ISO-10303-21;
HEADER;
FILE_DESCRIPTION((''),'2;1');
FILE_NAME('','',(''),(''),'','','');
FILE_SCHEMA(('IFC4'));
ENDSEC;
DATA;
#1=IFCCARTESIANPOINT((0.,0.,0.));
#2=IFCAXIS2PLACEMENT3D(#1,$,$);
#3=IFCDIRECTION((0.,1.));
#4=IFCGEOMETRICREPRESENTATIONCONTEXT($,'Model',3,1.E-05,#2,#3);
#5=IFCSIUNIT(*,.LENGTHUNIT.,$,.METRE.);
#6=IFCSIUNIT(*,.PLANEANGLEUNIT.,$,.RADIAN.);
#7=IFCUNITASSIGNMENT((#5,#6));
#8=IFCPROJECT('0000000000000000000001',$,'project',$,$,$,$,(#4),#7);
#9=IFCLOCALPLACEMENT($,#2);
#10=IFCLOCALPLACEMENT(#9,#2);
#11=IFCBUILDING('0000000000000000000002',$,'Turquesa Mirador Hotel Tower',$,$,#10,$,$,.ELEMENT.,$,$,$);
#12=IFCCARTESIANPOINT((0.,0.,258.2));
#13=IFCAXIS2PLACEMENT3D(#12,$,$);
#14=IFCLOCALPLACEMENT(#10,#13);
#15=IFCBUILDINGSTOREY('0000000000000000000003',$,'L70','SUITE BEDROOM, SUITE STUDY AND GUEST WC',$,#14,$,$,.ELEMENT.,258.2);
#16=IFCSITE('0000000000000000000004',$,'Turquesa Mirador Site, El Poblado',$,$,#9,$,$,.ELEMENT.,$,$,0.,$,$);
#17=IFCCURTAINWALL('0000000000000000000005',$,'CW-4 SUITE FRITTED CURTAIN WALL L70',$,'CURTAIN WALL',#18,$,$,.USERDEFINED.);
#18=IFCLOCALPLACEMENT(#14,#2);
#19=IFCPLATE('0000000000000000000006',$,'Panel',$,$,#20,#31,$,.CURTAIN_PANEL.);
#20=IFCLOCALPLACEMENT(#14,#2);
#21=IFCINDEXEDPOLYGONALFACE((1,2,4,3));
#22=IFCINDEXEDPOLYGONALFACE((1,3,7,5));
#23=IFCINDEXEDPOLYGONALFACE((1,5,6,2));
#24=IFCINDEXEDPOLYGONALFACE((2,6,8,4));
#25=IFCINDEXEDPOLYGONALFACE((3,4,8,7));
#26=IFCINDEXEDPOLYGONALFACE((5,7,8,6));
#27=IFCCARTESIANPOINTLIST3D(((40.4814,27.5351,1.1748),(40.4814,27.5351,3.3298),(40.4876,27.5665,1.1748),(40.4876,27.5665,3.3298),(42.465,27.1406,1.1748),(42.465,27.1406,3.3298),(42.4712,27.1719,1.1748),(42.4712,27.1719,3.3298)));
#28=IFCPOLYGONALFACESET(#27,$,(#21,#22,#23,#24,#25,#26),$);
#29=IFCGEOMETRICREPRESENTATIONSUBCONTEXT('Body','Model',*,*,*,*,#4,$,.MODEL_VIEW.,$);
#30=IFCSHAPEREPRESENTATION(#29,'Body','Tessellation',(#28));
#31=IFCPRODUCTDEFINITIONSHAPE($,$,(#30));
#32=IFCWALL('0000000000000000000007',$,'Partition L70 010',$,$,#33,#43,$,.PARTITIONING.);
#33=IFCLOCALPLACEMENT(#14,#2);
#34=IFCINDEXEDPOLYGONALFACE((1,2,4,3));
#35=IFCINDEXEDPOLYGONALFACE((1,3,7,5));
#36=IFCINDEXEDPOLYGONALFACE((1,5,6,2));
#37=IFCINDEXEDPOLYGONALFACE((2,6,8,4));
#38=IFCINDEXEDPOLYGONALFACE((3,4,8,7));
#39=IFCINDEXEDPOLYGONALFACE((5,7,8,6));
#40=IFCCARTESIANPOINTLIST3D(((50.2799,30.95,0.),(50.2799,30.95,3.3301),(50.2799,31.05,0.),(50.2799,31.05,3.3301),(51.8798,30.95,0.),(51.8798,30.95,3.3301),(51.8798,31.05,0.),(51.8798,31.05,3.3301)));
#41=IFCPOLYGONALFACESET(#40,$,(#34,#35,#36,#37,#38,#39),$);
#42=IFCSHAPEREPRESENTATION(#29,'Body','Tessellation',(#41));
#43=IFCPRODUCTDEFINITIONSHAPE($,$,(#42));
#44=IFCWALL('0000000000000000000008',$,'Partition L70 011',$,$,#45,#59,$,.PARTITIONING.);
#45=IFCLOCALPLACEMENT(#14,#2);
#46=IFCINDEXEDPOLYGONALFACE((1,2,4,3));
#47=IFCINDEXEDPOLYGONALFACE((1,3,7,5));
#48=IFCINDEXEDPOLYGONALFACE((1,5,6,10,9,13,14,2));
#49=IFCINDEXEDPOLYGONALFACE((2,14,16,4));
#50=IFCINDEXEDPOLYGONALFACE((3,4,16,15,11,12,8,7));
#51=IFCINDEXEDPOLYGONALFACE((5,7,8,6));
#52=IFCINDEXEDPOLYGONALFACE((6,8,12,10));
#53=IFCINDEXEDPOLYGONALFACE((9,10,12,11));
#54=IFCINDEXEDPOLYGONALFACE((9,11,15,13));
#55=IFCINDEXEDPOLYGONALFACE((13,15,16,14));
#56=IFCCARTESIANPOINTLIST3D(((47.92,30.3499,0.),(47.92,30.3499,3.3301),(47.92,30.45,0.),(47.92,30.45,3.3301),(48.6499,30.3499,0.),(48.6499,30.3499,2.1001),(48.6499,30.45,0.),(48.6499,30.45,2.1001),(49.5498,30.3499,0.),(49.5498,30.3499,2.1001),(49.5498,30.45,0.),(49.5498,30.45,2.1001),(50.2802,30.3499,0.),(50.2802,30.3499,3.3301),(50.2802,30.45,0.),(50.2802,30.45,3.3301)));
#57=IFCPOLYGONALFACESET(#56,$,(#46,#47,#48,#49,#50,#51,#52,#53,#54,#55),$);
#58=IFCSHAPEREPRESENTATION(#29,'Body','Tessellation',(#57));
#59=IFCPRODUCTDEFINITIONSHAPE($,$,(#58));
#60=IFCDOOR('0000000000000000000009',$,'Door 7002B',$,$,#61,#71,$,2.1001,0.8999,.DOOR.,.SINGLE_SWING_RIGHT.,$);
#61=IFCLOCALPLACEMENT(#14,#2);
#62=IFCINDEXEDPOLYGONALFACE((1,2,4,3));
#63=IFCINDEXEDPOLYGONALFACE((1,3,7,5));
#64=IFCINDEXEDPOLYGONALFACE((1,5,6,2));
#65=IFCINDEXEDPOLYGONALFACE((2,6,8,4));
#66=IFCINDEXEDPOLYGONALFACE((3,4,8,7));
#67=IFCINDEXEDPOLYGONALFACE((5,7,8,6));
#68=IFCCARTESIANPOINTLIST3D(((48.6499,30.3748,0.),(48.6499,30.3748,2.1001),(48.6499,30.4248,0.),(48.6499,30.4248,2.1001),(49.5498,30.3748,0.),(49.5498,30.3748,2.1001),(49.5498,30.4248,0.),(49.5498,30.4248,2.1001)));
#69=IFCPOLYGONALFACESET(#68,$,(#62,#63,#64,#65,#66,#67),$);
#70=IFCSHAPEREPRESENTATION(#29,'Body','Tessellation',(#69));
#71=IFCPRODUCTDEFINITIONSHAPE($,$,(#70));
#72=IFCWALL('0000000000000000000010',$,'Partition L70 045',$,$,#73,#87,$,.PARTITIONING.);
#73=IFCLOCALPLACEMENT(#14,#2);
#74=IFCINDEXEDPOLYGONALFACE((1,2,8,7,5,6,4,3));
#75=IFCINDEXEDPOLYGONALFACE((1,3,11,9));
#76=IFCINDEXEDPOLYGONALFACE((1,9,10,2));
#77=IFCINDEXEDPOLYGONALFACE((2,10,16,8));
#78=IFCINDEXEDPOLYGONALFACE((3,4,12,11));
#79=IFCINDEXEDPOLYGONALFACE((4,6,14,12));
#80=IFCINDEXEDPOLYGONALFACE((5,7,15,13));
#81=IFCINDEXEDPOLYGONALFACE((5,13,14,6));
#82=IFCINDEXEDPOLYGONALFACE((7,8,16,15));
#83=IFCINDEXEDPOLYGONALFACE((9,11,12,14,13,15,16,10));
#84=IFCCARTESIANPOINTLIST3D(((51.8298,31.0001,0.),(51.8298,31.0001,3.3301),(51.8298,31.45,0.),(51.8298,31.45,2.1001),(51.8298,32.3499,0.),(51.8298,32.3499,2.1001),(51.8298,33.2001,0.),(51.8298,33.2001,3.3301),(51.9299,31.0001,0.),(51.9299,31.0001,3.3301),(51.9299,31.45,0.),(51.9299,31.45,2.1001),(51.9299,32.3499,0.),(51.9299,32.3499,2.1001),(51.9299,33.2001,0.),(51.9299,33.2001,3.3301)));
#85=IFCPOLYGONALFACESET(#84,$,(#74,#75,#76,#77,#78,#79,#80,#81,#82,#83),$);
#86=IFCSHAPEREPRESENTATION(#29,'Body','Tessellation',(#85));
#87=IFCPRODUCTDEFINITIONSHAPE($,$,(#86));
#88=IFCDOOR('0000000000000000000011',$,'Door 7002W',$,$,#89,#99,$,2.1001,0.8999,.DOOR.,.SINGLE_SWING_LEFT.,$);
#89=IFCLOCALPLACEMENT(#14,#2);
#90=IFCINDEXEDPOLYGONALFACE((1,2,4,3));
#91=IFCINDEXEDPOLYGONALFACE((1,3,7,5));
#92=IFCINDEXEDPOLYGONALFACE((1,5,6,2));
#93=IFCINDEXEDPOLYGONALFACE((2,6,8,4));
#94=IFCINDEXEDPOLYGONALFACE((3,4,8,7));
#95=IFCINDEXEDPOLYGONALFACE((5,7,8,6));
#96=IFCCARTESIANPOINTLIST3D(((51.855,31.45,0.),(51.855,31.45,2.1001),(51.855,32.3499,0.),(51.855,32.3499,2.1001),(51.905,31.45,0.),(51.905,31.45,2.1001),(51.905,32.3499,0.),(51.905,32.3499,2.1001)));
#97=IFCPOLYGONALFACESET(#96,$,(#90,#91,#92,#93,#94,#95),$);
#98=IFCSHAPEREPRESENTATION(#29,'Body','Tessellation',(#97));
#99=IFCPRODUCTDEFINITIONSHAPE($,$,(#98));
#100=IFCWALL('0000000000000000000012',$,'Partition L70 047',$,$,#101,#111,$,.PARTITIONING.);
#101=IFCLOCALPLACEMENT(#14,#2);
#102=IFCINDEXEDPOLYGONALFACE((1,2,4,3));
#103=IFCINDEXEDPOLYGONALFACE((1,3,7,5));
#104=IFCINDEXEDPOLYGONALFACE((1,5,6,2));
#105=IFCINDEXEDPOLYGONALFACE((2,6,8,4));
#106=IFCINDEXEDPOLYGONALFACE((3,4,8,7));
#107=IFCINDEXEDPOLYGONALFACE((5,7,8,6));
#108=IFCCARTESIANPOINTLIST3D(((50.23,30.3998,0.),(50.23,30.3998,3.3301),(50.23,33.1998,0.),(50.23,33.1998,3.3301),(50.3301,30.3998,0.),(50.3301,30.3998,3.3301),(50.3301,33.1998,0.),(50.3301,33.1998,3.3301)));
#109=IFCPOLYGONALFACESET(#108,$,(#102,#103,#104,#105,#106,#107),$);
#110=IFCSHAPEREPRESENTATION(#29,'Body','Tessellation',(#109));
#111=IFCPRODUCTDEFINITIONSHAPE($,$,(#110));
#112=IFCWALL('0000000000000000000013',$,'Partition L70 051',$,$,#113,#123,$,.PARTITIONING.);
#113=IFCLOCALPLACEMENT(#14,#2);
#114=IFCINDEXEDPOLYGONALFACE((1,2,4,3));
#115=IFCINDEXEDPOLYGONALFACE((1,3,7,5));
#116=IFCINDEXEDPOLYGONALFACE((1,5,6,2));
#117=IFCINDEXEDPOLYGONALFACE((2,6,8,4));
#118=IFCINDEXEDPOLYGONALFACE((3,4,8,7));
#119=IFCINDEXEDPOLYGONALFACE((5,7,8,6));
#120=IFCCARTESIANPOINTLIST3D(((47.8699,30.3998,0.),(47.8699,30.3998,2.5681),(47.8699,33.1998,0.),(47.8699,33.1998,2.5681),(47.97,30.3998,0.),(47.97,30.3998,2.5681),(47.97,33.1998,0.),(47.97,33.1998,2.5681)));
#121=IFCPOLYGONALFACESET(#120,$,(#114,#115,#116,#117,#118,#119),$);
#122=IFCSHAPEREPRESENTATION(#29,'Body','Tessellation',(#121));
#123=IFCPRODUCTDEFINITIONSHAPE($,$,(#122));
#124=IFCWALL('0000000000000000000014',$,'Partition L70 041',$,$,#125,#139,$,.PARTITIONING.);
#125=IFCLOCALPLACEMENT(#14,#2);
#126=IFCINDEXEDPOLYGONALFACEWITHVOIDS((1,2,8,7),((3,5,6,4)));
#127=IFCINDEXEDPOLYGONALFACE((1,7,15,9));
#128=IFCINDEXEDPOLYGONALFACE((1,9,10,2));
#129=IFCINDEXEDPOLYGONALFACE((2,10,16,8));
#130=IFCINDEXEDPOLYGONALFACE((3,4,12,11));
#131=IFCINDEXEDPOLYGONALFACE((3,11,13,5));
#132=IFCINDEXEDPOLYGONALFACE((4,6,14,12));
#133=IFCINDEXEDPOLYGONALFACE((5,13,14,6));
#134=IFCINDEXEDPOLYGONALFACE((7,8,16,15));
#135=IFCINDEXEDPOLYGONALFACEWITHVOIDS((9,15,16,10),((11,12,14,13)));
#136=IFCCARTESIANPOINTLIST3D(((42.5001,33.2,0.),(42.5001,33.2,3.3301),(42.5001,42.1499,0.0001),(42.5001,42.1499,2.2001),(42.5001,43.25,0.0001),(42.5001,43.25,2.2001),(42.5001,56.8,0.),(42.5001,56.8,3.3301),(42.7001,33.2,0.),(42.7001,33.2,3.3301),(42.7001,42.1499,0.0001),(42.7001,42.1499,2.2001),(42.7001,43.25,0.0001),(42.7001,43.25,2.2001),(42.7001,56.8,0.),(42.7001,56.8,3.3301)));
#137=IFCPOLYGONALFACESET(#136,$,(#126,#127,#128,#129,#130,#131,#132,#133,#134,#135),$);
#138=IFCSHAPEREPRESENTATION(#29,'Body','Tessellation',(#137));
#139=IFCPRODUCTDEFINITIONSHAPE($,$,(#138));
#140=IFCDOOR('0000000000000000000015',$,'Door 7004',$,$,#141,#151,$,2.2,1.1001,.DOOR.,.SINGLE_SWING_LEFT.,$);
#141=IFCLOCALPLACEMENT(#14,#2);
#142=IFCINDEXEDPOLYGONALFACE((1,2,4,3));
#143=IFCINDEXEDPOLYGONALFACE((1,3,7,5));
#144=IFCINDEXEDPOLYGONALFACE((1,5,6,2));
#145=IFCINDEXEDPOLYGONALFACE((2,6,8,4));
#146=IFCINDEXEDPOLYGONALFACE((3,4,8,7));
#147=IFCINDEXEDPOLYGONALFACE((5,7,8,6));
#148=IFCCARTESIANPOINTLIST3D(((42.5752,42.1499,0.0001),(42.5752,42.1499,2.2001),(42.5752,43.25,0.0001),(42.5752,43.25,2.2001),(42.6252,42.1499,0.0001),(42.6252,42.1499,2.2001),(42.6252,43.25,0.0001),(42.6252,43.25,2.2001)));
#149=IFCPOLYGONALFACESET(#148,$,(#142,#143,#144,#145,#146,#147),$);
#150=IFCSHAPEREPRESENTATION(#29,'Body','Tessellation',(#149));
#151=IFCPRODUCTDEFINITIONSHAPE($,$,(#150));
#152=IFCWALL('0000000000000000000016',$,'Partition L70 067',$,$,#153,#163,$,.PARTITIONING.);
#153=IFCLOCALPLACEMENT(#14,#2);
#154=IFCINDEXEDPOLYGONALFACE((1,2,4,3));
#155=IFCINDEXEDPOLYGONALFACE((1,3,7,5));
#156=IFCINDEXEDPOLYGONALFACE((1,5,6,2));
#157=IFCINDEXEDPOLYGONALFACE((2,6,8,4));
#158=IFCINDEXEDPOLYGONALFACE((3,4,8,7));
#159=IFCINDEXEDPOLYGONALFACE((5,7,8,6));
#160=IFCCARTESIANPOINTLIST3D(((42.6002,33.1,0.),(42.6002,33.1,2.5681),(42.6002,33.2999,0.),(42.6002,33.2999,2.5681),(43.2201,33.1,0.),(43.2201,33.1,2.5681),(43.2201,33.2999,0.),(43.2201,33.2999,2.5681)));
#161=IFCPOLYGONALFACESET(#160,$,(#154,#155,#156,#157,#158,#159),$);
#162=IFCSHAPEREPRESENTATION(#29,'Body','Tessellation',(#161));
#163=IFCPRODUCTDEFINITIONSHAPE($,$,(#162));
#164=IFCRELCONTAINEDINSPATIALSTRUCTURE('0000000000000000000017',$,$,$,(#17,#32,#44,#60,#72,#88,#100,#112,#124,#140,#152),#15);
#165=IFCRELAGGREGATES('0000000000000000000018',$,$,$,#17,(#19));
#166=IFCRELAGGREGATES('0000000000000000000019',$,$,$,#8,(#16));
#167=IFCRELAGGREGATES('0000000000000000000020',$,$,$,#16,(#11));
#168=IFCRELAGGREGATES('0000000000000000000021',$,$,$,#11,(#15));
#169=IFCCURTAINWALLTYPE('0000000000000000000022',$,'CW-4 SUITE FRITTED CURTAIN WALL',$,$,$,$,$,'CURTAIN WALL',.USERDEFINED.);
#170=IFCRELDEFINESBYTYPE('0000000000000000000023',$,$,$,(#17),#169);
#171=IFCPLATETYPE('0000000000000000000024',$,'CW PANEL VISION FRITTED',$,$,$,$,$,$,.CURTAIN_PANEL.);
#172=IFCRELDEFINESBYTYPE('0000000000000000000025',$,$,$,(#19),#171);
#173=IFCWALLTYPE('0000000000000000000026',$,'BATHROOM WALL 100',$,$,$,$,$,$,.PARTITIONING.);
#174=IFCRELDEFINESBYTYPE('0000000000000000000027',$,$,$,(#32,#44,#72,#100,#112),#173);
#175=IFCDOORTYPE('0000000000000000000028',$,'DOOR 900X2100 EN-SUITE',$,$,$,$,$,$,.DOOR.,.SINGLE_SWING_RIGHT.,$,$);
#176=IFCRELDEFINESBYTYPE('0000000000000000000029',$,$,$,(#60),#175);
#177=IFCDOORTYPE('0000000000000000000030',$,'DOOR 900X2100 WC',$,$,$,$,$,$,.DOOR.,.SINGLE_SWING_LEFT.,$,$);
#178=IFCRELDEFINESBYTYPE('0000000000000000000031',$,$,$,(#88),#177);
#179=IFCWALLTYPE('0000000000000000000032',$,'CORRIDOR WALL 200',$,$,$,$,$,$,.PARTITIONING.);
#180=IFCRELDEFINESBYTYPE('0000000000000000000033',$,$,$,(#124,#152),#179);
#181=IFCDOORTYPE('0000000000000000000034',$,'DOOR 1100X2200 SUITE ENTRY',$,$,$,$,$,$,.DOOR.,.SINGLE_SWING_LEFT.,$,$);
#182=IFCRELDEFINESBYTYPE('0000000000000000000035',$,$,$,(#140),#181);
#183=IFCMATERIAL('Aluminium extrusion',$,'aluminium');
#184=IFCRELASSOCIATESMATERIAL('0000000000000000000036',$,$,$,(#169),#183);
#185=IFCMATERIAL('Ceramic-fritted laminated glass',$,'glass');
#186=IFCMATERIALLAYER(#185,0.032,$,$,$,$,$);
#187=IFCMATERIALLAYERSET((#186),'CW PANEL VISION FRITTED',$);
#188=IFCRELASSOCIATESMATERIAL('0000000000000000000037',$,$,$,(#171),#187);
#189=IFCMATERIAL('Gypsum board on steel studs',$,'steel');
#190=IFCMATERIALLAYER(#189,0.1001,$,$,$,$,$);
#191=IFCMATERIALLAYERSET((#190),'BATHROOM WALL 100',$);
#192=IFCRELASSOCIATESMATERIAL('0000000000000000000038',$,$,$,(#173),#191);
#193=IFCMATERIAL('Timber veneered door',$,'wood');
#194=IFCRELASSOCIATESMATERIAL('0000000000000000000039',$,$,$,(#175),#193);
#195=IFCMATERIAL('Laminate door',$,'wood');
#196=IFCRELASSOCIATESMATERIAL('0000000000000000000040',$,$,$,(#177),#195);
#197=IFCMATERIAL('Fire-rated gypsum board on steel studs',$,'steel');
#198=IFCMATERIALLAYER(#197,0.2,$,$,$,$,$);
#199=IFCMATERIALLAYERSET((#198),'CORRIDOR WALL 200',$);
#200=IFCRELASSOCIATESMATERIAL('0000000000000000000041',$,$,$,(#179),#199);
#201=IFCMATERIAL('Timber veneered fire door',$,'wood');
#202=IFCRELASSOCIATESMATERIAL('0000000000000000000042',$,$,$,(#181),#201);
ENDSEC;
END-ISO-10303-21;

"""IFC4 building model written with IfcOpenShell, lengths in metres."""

from ifc_helpers import new_model, si_unit, direction, frame, frame_2d, origin, origin_2d, place, context, subcontext, project, spatial, rectangle, extrude, material, layer, layer_set, type_object, element, fill, aggregate, save


model = new_model("IFC4")

# Units and contexts
model_context = context("Model", 3, precision=1e-05, world=origin(), true_north=direction((0.0, 1.0)))
body_context = subcontext(model_context, "Body", "Model", "MODEL_VIEW")
ifc_project = project(units=[si_unit("LENGTHUNIT", "METRE"), si_unit("PLANEANGLEUNIT", "RADIAN")], contexts=[model_context])

# Site, building, storey
site_placement = place(None, origin())
site = spatial("IfcSite", under=ifc_project, at=site_placement, Name="Turquesa Mirador Site, El Poblado", CompositionType="ELEMENT", RefElevation=0.0)
building_placement = place(site_placement, origin())
building = spatial("IfcBuilding", under=site, at=building_placement, Name="Turquesa Mirador Hotel Tower", CompositionType="ELEMENT")
storey_placement = place(building_placement, frame((0.0, 0.0, 258.2)))
storey = spatial("IfcBuildingStorey", under=building, at=storey_placement, Name="L70", Description="SUITE BEDROOM, SUITE STUDY AND GUEST WC", CompositionType="ELEMENT", Elevation=258.2)

# Curtain wall, plate
ifc_material_1 = material(Name="Aluminium extrusion", Category="aluminium")
curtain_wall_type = type_object("IfcCurtainWallType", Name="CW-4 SUITE FRITTED CURTAIN WALL", ElementType="CURTAIN WALL", PredefinedType="USERDEFINED", material=ifc_material_1)
curtain_wall_placement = place(storey_placement, origin())
curtain_wall = element("IfcCurtainWall", 1, at=curtain_wall_placement, inside=storey, type_object=curtain_wall_type, Name="CW-4 SUITE FRITTED CURTAIN WALL L70", ObjectType="CURTAIN WALL", PredefinedType="USERDEFINED")
ifc_material_2 = material(Name="Ceramic-fritted laminated glass", Category="glass")
ifc_layer_1 = layer(ifc_material_2, 0.032)
ifc_layer_set_1 = layer_set([ifc_layer_1], Name="CW PANEL VISION FRITTED")
plate_type = type_object("IfcPlateType", Name="CW PANEL VISION FRITTED", PredefinedType="CURTAIN_PANEL", material=ifc_layer_set_1)
plate_placement = place(storey_placement, frame((41.4763, 27.3535, 1.1748), z_axis=(0.0, 0.0, 1.0), x_axis=(0.980785, -0.195091, 0.0)))
plate = element("IfcPlate", 2, at=plate_placement, type_object=plate_type, Name="Panel", PredefinedType="CURTAIN_PANEL", context=body_context, shape_type="SweptSolid", body=[
    extrude(rectangle(XDim=2.0225, YDim=0.032, at=origin_2d()), origin(), (0.0, 0.0, 1.0), 2.155),
])
aggregate(curtain_wall, [plate])

# Wall
ifc_material_3 = material(Name="Gypsum board on steel studs", Category="steel")
ifc_layer_2 = layer(ifc_material_3, 0.1001)
ifc_layer_set_2 = layer_set([ifc_layer_2], Name="BATHROOM WALL 100")
wall_type_1 = type_object("IfcWallType", Name="BATHROOM WALL 100", PredefinedType="PARTITIONING", material=ifc_layer_set_2)
wall_1_placement = place(storey_placement, frame((50.28, 31.0, 0.0), z_axis=(0.0, 0.0, 1.0), x_axis=(1.0, 0.0, 0.0)))
element("IfcWall", 3, at=wall_1_placement, inside=storey, type_object=wall_type_1, Name="Partition L70 010", PredefinedType="PARTITIONING", context=body_context, shape_type="SweptSolid", body=[
    extrude(rectangle(XDim=1.5999, YDim=0.1001, at=frame_2d((0.7998, 0.0))), origin(), (0.0, 0.0, 1.0), 3.3301),
])

# Walls, openings, doors
wall_2_placement = place(storey_placement, frame((47.9199, 30.3999, 0.0), z_axis=(0.0, 0.0, 1.0), x_axis=(1.0, 0.0, 0.0)))
wall_2 = element("IfcWall", 4, at=wall_2_placement, inside=storey, type_object=wall_type_1, Name="Partition L70 011", PredefinedType="PARTITIONING", context=body_context, shape_type="SweptSolid", body=[
    extrude(rectangle(XDim=2.3601, YDim=0.1001, at=frame_2d((1.1802, 0.0))), origin(), (0.0, 0.0, 1.0), 3.3301),
])
opening_1_placement = place(wall_2_placement, frame((0.73, 0.0, 0.0)))
opening_1 = element("IfcOpeningElement", 5, at=opening_1_placement, cuts=wall_2, PredefinedType="OPENING", context=body_context, shape_type="SweptSolid", body=[
    extrude(rectangle(XDim=0.8999, YDim=2.1001, at=frame_2d((0.45, 1.05))), frame((0.0, 0.0601, 0.0), z_axis=(0.0, -1.0, 0.0), x_axis=(1.0, 0.0, 0.0)), (0.0, 0.0, 1.0), 0.1201),
])
ifc_material_4 = material(Name="Timber veneered door", Category="wood")
door_type_1 = type_object("IfcDoorType", Name="DOOR 900X2100 EN-SUITE", OperationType="SINGLE_SWING_RIGHT", PredefinedType="DOOR", material=ifc_material_4)
door_1_placement = place(opening_1_placement, origin())
door_1 = element("IfcDoor", 6, at=door_1_placement, inside=storey, type_object=door_type_1, Name="Door 7002B", OperationType="SINGLE_SWING_RIGHT", OverallHeight=2.1001, OverallWidth=0.8999, PredefinedType="DOOR", context=body_context, shape_type="SweptSolid", body=[
    extrude(rectangle(XDim=0.8999, YDim=2.1001, at=frame_2d((0.45, 1.05))), frame((0.0, 0.0249, 0.0), z_axis=(0.0, -1.0, 0.0), x_axis=(1.0, 0.0, 0.0)), (0.0, 0.0, 1.0), 0.05),
])
fill(opening_1, door_1)
wall_3_placement = place(storey_placement, frame((51.8799, 31.0, 0.0), z_axis=(0.0, 0.0, 1.0), x_axis=(0.0, 1.0, 0.0)))
wall_3 = element("IfcWall", 7, at=wall_3_placement, inside=storey, type_object=wall_type_1, Name="Partition L70 045", PredefinedType="PARTITIONING", context=body_context, shape_type="SweptSolid", body=[
    extrude(rectangle(XDim=2.2, YDim=0.1001, at=frame_2d((1.1001, 0.0))), origin(), (0.0, 0.0, 1.0), 3.3301),
])
opening_2_placement = place(wall_3_placement, frame((0.45, 0.0, 0.0)))
opening_2 = element("IfcOpeningElement", 8, at=opening_2_placement, cuts=wall_3, PredefinedType="OPENING", context=body_context, shape_type="SweptSolid", body=[
    extrude(rectangle(XDim=0.8999, YDim=2.1001, at=frame_2d((0.45, 1.05))), frame((0.0, 0.0601, 0.0), z_axis=(0.0, -1.0, 0.0), x_axis=(1.0, 0.0, 0.0)), (0.0, 0.0, 1.0), 0.1201),
])
ifc_material_5 = material(Name="Laminate door", Category="wood")
door_type_2 = type_object("IfcDoorType", Name="DOOR 900X2100 WC", OperationType="SINGLE_SWING_LEFT", PredefinedType="DOOR", material=ifc_material_5)
door_2_placement = place(opening_2_placement, origin())
door_2 = element("IfcDoor", 9, at=door_2_placement, inside=storey, type_object=door_type_2, Name="Door 7002W", OperationType="SINGLE_SWING_LEFT", OverallHeight=2.1001, OverallWidth=0.8999, PredefinedType="DOOR", context=body_context, shape_type="SweptSolid", body=[
    extrude(rectangle(XDim=0.8999, YDim=2.1001, at=frame_2d((0.45, 1.05))), frame((0.0, 0.0249, 0.0), z_axis=(0.0, -1.0, 0.0), x_axis=(1.0, 0.0, 0.0)), (0.0, 0.0, 1.0), 0.05),
])
fill(opening_2, door_2)

# Walls
wall_4_placement = place(storey_placement, frame((50.28, 30.3999, 0.0), z_axis=(0.0, 0.0, 1.0), x_axis=(0.0, 1.0, 0.0)))
element("IfcWall", 10, at=wall_4_placement, inside=storey, type_object=wall_type_1, Name="Partition L70 047", PredefinedType="PARTITIONING", context=body_context, shape_type="SweptSolid", body=[
    extrude(rectangle(XDim=2.8, YDim=0.1001, at=frame_2d((1.3999, 0.0))), origin(), (0.0, 0.0, 1.0), 3.3301),
])
wall_5_placement = place(storey_placement, frame((47.9199, 30.3999, 0.0), z_axis=(0.0, 0.0, 1.0), x_axis=(0.0, 1.0, 0.0)))
element("IfcWall", 11, at=wall_5_placement, inside=storey, type_object=wall_type_1, Name="Partition L70 051", PredefinedType="PARTITIONING", context=body_context, shape_type="SweptSolid", body=[
    extrude(rectangle(XDim=2.8, YDim=0.1001, at=frame_2d((1.3999, 0.0))), origin(), (0.0, 0.0, 1.0), 2.5681),
])

# Wall, opening, door
ifc_material_6 = material(Name="Fire-rated gypsum board on steel studs", Category="steel")
ifc_layer_3 = layer(ifc_material_6, 0.2)
ifc_layer_set_3 = layer_set([ifc_layer_3], Name="CORRIDOR WALL 200")
wall_type_2 = type_object("IfcWallType", Name="CORRIDOR WALL 200", PredefinedType="PARTITIONING", material=ifc_layer_set_3)
wall_6_placement = place(storey_placement, frame((42.6001, 33.2, 0.0), z_axis=(0.0, 0.0, 1.0), x_axis=(0.0, 1.0, 0.0)))
wall_6 = element("IfcWall", 12, at=wall_6_placement, inside=storey, type_object=wall_type_2, Name="Partition L70 041", PredefinedType="PARTITIONING", context=body_context, shape_type="SweptSolid", body=[
    extrude(rectangle(XDim=23.6001, YDim=0.2, at=frame_2d((11.8, 0.0))), origin(), (0.0, 0.0, 1.0), 3.3301),
])
opening_3_placement = place(wall_6_placement, frame((8.95, 0.0, 0.0)))
opening_3 = element("IfcOpeningElement", 13, at=opening_3_placement, cuts=wall_6, PredefinedType="OPENING", context=body_context, shape_type="SweptSolid", body=[
    extrude(rectangle(XDim=1.1001, YDim=2.2, at=frame_2d((0.55, 1.1001))), frame((0.0, 0.1099, 0.0), z_axis=(0.0, -1.0, 0.0), x_axis=(1.0, 0.0, 0.0)), (0.0, 0.0, 1.0), 0.22),
])
ifc_material_7 = material(Name="Timber veneered fire door", Category="wood")
door_type_3 = type_object("IfcDoorType", Name="DOOR 1100X2200 SUITE ENTRY", OperationType="SINGLE_SWING_LEFT", PredefinedType="DOOR", material=ifc_material_7)
door_3_placement = place(opening_3_placement, origin())
door_3 = element("IfcDoor", 14, at=door_3_placement, inside=storey, type_object=door_type_3, Name="Door 7004", OperationType="SINGLE_SWING_LEFT", OverallHeight=2.2, OverallWidth=1.1001, PredefinedType="DOOR", context=body_context, shape_type="SweptSolid", body=[
    extrude(rectangle(XDim=1.1001, YDim=2.2, at=frame_2d((0.55, 1.1001))), frame((0.0, 0.0249, 0.0), z_axis=(0.0, -1.0, 0.0), x_axis=(1.0, 0.0, 0.0)), (0.0, 0.0, 1.0), 0.05),
])
fill(opening_3, door_3)

# Wall
wall_7_placement = place(storey_placement, frame((42.6001, 33.2, 0.0), z_axis=(0.0, 0.0, 1.0), x_axis=(1.0, 0.0, 0.0)))
element("IfcWall", 15, at=wall_7_placement, inside=storey, type_object=wall_type_2, Name="Partition L70 067", PredefinedType="PARTITIONING", context=body_context, shape_type="SweptSolid", body=[
    extrude(rectangle(XDim=0.6199, YDim=0.2, at=frame_2d((0.3101, 0.0))), origin(), (0.0, 0.0, 1.0), 2.5681),
])

save(model, "model.ifc")
